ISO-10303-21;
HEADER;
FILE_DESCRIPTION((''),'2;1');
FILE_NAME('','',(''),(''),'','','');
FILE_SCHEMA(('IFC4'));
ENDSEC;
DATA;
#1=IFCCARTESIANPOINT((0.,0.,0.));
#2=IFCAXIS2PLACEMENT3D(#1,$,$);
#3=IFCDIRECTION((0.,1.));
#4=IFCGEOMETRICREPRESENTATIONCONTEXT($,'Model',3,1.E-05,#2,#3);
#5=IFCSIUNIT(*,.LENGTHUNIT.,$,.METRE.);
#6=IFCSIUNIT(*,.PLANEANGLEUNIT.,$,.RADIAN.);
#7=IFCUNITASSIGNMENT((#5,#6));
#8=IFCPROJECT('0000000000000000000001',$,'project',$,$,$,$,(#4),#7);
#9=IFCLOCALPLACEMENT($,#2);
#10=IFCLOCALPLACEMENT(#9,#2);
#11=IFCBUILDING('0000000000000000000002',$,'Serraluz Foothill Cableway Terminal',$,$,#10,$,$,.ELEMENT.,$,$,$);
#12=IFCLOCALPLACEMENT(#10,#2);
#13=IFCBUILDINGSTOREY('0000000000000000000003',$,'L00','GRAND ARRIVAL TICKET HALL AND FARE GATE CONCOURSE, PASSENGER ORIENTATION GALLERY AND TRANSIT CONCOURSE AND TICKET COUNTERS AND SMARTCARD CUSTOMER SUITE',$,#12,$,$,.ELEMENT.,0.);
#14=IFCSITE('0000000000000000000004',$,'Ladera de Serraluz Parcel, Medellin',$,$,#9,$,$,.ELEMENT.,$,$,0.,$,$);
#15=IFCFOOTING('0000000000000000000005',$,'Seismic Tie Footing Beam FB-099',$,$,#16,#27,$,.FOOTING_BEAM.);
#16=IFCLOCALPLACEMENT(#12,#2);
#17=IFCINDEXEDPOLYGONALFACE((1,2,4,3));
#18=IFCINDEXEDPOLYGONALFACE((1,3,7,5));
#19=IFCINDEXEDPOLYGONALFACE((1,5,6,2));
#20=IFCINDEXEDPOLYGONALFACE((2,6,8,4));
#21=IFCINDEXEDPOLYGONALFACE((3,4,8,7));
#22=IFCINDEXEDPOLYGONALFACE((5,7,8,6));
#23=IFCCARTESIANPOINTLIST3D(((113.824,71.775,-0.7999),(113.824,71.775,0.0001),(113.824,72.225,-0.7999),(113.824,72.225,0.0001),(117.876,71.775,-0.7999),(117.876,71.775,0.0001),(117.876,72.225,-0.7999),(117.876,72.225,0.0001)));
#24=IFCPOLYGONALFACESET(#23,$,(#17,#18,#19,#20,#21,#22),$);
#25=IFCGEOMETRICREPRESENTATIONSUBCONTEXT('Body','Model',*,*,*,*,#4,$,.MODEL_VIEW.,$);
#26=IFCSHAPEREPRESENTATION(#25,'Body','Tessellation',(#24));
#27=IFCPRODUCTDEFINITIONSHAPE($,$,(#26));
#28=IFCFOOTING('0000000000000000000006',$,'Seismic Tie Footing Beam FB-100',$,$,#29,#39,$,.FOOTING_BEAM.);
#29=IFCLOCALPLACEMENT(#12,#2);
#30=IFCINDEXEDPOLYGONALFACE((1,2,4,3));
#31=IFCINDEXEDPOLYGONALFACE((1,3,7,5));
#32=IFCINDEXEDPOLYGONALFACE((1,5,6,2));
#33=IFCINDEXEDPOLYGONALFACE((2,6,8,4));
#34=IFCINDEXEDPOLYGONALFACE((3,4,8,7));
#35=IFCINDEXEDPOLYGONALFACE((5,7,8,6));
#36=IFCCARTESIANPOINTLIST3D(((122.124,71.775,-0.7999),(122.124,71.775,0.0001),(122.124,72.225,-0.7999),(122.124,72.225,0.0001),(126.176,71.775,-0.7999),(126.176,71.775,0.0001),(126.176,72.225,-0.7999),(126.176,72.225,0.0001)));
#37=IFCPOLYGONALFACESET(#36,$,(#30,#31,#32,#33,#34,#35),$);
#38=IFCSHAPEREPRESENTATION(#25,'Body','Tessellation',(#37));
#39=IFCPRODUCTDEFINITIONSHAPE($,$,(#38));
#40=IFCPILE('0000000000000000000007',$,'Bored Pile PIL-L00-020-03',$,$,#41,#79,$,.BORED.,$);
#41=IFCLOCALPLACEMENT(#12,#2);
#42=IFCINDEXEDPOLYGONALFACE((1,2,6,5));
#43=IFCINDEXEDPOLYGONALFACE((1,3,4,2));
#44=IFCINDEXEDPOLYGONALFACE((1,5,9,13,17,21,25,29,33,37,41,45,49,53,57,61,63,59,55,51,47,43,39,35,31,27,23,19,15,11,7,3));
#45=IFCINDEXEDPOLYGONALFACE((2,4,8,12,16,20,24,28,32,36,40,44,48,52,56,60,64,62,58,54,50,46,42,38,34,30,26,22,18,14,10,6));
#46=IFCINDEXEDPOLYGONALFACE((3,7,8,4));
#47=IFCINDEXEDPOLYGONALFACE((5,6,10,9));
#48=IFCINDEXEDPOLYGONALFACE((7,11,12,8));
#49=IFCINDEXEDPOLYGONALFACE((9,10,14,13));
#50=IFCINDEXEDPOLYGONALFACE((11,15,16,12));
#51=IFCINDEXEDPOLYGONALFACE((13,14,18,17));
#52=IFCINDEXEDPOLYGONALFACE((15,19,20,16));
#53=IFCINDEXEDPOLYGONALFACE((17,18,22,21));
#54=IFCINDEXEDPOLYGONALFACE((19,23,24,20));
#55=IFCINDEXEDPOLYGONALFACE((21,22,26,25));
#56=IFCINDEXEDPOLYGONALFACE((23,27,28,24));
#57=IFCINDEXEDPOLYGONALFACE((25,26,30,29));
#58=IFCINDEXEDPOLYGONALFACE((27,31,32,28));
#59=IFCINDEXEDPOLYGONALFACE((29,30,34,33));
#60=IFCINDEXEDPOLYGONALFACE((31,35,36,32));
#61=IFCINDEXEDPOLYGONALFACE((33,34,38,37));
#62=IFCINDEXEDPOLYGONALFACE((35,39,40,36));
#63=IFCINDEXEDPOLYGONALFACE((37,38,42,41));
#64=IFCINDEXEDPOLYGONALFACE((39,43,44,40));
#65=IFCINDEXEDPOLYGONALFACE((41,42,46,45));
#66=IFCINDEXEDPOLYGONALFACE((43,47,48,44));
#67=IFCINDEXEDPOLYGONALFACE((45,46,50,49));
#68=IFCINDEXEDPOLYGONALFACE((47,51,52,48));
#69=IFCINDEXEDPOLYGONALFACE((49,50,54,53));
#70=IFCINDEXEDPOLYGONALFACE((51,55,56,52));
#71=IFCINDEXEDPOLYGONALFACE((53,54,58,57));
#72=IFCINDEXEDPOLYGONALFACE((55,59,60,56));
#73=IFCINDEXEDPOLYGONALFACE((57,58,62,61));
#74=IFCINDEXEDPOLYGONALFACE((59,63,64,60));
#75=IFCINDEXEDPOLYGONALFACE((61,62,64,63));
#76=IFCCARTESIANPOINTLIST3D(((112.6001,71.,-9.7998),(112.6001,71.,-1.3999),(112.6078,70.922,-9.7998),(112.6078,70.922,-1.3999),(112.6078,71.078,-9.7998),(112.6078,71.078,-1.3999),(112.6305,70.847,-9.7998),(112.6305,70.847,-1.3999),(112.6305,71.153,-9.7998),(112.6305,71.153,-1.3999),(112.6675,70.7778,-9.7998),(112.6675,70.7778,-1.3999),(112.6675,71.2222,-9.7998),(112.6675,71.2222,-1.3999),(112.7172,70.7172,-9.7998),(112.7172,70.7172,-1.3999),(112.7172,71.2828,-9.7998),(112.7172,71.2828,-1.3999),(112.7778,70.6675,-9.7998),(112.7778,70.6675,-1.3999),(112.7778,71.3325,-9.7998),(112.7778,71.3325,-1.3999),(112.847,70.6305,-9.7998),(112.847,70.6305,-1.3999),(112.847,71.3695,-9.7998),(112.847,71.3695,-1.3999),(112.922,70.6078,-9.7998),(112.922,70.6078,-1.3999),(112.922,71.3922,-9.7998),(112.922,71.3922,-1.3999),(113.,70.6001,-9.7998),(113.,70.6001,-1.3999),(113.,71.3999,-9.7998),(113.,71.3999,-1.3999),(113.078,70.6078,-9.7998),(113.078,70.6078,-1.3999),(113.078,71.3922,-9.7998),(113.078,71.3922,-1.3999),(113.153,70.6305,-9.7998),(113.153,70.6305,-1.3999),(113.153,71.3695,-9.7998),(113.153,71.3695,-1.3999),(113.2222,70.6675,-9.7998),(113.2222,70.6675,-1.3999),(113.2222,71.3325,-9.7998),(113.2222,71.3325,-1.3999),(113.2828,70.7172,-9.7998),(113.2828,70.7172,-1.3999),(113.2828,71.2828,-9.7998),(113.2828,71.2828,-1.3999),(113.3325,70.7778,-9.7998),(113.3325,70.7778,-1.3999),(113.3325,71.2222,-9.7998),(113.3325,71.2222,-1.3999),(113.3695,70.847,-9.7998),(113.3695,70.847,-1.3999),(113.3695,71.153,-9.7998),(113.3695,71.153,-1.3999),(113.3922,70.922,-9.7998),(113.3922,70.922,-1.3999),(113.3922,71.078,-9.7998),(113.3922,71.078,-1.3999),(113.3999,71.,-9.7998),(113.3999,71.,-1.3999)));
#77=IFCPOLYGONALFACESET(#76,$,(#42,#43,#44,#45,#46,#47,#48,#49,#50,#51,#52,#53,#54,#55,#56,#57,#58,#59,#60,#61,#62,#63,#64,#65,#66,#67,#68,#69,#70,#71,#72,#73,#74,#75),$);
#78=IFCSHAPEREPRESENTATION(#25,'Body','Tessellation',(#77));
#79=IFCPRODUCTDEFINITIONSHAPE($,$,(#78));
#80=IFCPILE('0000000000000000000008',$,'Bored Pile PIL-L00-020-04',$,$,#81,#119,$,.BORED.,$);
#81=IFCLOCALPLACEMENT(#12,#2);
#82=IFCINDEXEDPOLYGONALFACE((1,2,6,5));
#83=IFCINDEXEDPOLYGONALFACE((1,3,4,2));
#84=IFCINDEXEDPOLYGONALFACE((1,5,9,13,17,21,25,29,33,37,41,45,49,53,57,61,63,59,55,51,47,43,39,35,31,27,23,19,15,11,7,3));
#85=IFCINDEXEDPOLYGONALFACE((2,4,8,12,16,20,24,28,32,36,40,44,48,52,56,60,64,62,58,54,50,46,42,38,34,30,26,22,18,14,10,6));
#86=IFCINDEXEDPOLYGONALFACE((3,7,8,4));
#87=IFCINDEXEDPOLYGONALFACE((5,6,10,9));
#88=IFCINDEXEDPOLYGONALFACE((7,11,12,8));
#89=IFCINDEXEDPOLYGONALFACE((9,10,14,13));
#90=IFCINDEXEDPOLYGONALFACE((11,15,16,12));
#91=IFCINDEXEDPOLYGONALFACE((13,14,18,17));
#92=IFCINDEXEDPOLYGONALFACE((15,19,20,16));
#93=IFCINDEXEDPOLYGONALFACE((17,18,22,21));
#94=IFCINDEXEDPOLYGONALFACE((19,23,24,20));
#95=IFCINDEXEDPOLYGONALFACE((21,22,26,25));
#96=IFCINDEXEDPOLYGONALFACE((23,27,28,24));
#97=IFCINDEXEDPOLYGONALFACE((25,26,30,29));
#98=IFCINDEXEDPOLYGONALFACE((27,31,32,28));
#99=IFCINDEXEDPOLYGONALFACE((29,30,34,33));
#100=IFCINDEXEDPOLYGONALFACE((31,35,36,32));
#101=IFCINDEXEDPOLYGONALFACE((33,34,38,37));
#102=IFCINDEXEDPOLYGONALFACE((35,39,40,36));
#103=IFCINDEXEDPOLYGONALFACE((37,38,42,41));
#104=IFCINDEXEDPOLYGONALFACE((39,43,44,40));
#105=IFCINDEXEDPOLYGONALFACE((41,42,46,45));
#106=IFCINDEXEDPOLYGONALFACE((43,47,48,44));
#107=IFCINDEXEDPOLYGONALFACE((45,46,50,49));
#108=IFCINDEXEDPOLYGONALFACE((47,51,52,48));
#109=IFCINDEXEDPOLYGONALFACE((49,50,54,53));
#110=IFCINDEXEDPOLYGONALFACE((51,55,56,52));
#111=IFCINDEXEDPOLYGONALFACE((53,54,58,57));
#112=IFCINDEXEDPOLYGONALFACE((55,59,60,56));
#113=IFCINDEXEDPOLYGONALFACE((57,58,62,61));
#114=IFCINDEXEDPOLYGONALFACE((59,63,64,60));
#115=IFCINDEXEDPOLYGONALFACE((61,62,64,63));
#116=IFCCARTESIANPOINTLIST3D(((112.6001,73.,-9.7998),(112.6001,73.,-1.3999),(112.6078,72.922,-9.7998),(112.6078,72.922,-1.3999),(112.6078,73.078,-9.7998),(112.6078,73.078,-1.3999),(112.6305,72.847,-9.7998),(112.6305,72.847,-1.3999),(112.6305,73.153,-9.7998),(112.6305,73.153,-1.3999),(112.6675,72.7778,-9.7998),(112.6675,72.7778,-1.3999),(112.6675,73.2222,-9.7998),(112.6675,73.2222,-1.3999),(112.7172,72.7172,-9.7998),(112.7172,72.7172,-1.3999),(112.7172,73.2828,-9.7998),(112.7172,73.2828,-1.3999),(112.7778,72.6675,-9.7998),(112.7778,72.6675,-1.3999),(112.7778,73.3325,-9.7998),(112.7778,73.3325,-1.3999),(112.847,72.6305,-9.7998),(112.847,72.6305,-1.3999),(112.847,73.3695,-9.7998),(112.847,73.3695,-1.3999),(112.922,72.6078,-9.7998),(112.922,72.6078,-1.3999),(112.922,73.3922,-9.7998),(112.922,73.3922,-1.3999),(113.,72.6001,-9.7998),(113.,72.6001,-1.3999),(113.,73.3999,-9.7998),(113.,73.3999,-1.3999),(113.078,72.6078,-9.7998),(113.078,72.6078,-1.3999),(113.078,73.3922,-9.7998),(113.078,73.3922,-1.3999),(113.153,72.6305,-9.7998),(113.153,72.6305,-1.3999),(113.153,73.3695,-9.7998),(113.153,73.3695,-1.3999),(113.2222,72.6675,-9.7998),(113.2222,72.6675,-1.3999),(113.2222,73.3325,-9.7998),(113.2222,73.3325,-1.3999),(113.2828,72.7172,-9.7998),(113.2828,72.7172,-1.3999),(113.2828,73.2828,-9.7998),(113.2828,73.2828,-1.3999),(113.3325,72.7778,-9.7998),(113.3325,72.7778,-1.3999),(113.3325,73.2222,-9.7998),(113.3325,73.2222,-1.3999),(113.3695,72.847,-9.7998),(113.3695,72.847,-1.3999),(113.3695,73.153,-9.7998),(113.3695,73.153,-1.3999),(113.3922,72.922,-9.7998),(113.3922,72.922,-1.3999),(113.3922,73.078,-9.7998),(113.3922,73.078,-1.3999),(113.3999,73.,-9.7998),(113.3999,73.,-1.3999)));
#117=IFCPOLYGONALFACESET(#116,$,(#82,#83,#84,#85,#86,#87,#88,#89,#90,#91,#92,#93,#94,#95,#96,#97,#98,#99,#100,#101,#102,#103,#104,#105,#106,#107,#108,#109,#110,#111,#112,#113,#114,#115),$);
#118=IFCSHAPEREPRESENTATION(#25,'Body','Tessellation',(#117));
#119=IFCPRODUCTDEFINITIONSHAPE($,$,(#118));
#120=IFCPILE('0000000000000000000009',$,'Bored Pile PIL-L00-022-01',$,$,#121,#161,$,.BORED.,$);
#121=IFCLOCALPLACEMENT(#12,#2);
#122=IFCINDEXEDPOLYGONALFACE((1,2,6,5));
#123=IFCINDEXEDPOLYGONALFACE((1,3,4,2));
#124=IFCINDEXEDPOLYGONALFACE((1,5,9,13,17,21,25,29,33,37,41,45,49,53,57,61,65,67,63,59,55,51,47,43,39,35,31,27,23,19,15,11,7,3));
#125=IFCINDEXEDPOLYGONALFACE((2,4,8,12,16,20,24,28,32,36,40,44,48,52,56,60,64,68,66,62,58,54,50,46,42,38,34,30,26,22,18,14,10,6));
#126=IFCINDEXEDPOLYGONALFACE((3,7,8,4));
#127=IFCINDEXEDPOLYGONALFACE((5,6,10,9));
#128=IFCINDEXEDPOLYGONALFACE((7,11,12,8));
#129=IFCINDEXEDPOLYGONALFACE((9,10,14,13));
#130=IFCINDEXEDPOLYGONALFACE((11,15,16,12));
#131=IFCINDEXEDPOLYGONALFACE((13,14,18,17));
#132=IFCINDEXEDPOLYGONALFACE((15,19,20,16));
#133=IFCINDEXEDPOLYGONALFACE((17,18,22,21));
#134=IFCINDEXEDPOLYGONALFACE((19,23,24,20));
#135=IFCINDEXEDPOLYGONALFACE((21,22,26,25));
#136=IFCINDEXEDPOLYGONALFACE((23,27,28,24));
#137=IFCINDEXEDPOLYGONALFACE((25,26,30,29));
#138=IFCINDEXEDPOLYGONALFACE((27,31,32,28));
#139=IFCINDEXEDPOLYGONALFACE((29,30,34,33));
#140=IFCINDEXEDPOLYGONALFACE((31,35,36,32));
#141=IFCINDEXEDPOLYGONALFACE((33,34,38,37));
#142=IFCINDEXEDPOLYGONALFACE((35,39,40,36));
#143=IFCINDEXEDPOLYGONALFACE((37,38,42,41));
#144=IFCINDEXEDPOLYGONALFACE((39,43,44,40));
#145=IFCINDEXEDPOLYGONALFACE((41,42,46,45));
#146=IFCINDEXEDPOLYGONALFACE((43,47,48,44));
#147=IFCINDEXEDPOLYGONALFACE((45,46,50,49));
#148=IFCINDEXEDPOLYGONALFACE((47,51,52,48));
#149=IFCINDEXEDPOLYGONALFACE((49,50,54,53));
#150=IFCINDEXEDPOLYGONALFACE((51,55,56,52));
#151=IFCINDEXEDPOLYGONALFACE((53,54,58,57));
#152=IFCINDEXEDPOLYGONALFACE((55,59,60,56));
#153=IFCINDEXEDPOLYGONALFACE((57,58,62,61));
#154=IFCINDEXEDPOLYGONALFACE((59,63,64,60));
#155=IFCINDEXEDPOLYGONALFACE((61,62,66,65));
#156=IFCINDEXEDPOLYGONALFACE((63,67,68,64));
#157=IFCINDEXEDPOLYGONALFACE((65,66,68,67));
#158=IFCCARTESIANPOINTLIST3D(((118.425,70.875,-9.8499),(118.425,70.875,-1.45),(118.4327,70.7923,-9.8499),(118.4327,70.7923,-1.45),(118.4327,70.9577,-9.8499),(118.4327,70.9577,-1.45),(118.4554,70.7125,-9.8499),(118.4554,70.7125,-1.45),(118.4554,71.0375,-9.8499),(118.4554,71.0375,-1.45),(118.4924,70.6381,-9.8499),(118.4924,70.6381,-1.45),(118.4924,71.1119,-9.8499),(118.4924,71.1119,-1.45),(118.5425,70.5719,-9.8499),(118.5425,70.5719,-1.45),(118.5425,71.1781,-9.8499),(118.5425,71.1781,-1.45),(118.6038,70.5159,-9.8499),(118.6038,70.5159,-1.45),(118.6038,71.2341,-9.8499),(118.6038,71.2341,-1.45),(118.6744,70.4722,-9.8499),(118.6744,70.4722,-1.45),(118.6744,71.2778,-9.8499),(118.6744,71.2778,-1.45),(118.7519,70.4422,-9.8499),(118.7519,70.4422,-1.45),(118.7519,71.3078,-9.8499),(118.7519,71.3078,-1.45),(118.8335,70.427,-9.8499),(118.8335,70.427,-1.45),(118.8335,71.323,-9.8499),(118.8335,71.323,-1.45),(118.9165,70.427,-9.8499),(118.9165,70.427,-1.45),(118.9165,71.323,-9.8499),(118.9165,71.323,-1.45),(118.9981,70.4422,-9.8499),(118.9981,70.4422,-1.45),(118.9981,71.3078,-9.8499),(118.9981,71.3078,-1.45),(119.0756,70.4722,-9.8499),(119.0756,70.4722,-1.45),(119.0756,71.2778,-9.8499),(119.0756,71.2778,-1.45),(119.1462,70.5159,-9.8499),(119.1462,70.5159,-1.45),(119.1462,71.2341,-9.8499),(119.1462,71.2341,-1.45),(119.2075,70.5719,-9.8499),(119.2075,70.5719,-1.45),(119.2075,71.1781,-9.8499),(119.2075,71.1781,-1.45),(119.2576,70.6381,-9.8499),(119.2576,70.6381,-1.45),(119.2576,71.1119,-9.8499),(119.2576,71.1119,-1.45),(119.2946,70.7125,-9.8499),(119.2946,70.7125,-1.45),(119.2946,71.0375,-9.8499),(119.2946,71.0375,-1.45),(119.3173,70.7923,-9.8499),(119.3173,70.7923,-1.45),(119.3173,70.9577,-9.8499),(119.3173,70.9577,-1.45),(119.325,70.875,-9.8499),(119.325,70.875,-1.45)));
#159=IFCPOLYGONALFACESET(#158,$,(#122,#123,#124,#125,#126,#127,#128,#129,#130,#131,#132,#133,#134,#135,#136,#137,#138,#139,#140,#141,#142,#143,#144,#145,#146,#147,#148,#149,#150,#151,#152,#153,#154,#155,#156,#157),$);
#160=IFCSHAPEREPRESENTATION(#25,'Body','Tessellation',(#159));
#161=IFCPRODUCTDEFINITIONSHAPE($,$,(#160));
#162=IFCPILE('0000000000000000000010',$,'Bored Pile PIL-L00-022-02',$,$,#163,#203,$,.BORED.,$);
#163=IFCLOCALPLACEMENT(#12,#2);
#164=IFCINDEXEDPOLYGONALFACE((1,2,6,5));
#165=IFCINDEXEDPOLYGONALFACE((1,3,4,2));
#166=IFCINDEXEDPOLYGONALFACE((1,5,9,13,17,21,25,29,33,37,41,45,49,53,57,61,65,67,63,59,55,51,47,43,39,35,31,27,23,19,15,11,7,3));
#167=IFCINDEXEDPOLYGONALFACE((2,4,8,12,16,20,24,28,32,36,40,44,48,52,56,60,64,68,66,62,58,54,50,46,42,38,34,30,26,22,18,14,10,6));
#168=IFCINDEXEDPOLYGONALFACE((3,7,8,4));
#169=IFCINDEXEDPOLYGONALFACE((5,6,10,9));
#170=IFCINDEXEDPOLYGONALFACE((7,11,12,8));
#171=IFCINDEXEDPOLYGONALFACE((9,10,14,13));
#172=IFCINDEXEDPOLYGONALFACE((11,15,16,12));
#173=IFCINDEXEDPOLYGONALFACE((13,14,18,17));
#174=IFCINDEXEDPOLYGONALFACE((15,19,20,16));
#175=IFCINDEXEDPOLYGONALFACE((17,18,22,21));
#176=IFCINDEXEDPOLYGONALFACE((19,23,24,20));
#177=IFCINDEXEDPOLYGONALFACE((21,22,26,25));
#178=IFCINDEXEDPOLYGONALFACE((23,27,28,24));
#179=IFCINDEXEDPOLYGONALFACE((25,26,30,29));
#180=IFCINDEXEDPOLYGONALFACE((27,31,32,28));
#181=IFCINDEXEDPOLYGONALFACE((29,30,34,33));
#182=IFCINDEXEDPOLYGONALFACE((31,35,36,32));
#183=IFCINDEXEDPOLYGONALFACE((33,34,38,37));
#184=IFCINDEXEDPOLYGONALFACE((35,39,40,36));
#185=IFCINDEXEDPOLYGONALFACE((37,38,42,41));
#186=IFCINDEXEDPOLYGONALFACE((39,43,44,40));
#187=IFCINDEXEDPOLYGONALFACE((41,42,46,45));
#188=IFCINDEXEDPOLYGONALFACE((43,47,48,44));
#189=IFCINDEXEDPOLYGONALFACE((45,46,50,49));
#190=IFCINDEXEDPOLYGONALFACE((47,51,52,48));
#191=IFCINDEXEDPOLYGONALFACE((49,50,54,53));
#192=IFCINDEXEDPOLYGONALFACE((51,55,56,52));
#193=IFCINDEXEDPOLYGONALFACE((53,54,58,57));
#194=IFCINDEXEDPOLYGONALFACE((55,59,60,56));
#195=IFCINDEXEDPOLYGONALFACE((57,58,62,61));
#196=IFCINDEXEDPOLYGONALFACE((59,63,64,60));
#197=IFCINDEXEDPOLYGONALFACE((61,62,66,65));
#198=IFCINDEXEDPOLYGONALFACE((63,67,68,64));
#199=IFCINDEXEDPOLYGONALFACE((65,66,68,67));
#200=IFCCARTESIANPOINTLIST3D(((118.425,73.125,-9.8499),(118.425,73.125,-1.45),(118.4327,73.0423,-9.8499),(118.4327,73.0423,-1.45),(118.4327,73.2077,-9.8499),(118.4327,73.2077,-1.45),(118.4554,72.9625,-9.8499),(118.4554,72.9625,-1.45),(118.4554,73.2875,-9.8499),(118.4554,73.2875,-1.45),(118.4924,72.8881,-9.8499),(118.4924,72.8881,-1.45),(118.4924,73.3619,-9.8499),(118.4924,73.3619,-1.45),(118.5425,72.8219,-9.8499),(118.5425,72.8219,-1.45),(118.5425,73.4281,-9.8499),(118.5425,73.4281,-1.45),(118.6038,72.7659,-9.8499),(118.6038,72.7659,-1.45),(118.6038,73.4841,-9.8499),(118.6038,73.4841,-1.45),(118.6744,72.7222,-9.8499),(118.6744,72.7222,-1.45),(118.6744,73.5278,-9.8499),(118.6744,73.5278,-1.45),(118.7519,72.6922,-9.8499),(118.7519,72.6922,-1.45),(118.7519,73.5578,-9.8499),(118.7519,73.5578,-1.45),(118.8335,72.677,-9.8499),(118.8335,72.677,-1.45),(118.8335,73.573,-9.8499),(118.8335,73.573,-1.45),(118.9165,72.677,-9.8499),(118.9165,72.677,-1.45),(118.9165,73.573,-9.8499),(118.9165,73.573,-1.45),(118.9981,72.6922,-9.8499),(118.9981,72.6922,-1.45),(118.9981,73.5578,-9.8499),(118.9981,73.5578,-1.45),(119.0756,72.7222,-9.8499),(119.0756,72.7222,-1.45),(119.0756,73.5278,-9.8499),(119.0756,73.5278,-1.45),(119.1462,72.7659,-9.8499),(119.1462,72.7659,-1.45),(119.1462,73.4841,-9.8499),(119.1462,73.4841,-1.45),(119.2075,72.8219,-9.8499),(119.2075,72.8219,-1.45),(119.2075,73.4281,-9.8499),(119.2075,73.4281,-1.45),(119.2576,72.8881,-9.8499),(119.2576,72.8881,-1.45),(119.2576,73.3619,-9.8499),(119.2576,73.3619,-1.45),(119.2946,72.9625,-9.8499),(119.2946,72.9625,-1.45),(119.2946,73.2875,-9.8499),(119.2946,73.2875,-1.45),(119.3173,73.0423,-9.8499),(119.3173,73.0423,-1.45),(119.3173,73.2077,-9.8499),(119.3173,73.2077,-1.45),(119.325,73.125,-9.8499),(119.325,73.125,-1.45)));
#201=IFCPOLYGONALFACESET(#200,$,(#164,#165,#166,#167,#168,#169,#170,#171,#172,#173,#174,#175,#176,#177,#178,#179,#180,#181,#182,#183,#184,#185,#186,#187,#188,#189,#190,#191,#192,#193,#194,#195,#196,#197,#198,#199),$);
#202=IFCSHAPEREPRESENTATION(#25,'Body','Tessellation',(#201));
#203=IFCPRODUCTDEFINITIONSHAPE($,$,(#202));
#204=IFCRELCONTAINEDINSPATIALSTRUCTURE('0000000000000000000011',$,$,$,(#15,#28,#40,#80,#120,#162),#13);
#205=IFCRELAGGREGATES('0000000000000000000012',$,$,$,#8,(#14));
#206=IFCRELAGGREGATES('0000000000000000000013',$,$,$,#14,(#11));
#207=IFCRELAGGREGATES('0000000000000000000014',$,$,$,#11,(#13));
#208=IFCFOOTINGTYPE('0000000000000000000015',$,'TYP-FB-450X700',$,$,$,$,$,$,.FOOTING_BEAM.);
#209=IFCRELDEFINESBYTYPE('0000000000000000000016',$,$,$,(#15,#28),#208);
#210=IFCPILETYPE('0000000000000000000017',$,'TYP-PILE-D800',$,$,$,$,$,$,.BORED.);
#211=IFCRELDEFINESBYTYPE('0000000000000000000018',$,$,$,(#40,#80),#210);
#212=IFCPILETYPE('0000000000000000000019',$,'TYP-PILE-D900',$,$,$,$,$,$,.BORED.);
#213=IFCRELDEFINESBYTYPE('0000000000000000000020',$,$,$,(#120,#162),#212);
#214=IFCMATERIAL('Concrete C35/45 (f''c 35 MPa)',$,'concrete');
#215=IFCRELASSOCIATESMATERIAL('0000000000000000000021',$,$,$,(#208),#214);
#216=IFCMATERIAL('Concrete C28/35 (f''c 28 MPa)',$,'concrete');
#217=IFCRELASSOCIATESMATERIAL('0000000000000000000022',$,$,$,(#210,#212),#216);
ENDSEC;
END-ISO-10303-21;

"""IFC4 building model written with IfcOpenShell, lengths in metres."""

from ifc_helpers import new_model, si_unit, direction, frame, origin, origin_2d, place, context, subcontext, project, spatial, rectangle, circle, extrude, material, material_profile, profile_set, type_object, element, save


model = new_model("IFC4")

# Units and contexts
model_context = context("Model", 3, precision=1e-05, world=origin(), true_north=direction((0.0, 1.0)))
body_context = subcontext(model_context, "Body", "Model", "MODEL_VIEW")
ifc_project = project(units=[si_unit("LENGTHUNIT", "METRE"), si_unit("PLANEANGLEUNIT", "RADIAN")], contexts=[model_context])

# Site, building, storey
site_placement = place(None, origin())
site = spatial("IfcSite", under=ifc_project, at=site_placement, Name="Ladera de Serraluz Parcel, Medellin", CompositionType="ELEMENT", RefElevation=0.0)
building_placement = place(site_placement, origin())
building = spatial("IfcBuilding", under=site, at=building_placement, Name="Serraluz Foothill Cableway Terminal", CompositionType="ELEMENT")
storey_placement = place(building_placement, origin())
storey = spatial("IfcBuildingStorey", under=building, at=storey_placement, Name="L00", Description="GRAND ARRIVAL TICKET HALL AND FARE GATE CONCOURSE, PASSENGER ORIENTATION GALLERY AND TRANSIT CONCOURSE AND TICKET COUNTERS AND SMARTCARD CUSTOMER SUITE", CompositionType="ELEMENT", Elevation=0.0)

# Footings
ifc_material_1 = material(Name="Concrete C35/45 (f'c 35 MPa)", Category="concrete")
ifc_material_profile_1 = material_profile(ifc_material_1, rectangle(XDim=0.45, YDim=0.8, at=origin_2d()), Name="RC 450x800")
ifc_profile_set_1 = profile_set([ifc_material_profile_1], Name="Concrete C35/45 (f'c 35 MPa)")
footing_type_1 = type_object("IfcFootingType", Name="TYP-FB-450X700", PredefinedType="FOOTING_BEAM", material=ifc_profile_set_1)
for number, where, z_axis, x_axis, name in (
    (1, (113.824, 72.0, -0.3999), (1.0, 0.0, 0.0), (0.0, 1.0, 0.0), "Seismic Tie Footing Beam FB-099"),
    (2, (122.124, 72.0, -0.3999), (1.0, 0.0, 0.0), (0.0, 1.0, 0.0), "Seismic Tie Footing Beam FB-100"),
):
    element("IfcFooting", number, at=place(storey_placement, frame(where, z_axis=z_axis, x_axis=x_axis)), inside=storey, type_object=footing_type_1, Name=name, PredefinedType="FOOTING_BEAM", context=body_context, shape_type="SweptSolid", body=[
        extrude(rectangle(XDim=0.45, YDim=0.8, at=origin_2d()), origin(), (0.0, 0.0, 1.0), 4.052),
    ])

# Piles
ifc_material_2 = material(Name="Concrete C28/35 (f'c 28 MPa)", Category="concrete")
ifc_material_profile_2 = material_profile(ifc_material_2, circle(Radius=0.3999, at=origin_2d()), Name="BORED PILE D800")
ifc_profile_set_2 = profile_set([ifc_material_profile_2], Name="Concrete C28/35 (f'c 28 MPa)")
pile_type_1 = type_object("IfcPileType", Name="TYP-PILE-D800", PredefinedType="BORED", material=ifc_profile_set_2)
for number, where, z_axis, x_axis, name in (
    (3, (113.0, 71.0, -1.3999), (0.0, 0.0, -1.0), (1.0, 0.0, 0.0), "Bored Pile PIL-L00-020-03"),
    (4, (113.0, 73.0, -1.3999), (0.0, 0.0, -1.0), (1.0, 0.0, 0.0), "Bored Pile PIL-L00-020-04"),
):
    element("IfcPile", number, at=place(storey_placement, frame(where, z_axis=z_axis, x_axis=x_axis)), inside=storey, type_object=pile_type_1, Name=name, PredefinedType="BORED", context=body_context, shape_type="SweptSolid", body=[
        extrude(circle(Radius=0.3999, at=origin_2d()), origin(), (0.0, 0.0, 1.0), 8.3999),
    ])
ifc_material_profile_3 = material_profile(ifc_material_2, circle(Radius=0.45, at=origin_2d()), Name="BORED PILE D900")
ifc_profile_set_3 = profile_set([ifc_material_profile_3], Name="Concrete C28/35 (f'c 28 MPa)")
pile_type_2 = type_object("IfcPileType", Name="TYP-PILE-D900", PredefinedType="BORED", material=ifc_profile_set_3)
for number, where, z_axis, x_axis, name in (
    (5, (118.875, 70.875, -1.45), (0.0, 0.0, -1.0), (1.0, 0.0, 0.0), "Bored Pile PIL-L00-022-01"),
    (6, (118.875, 73.125, -1.45), (0.0, 0.0, -1.0), (1.0, 0.0, 0.0), "Bored Pile PIL-L00-022-02"),
):
    element("IfcPile", number, at=place(storey_placement, frame(where, z_axis=z_axis, x_axis=x_axis)), inside=storey, type_object=pile_type_2, Name=name, PredefinedType="BORED", context=body_context, shape_type="SweptSolid", body=[
        extrude(circle(Radius=0.45, at=origin_2d()), origin(), (0.0, 0.0, 1.0), 8.3999),
    ])

save(model, "model.ifc")
